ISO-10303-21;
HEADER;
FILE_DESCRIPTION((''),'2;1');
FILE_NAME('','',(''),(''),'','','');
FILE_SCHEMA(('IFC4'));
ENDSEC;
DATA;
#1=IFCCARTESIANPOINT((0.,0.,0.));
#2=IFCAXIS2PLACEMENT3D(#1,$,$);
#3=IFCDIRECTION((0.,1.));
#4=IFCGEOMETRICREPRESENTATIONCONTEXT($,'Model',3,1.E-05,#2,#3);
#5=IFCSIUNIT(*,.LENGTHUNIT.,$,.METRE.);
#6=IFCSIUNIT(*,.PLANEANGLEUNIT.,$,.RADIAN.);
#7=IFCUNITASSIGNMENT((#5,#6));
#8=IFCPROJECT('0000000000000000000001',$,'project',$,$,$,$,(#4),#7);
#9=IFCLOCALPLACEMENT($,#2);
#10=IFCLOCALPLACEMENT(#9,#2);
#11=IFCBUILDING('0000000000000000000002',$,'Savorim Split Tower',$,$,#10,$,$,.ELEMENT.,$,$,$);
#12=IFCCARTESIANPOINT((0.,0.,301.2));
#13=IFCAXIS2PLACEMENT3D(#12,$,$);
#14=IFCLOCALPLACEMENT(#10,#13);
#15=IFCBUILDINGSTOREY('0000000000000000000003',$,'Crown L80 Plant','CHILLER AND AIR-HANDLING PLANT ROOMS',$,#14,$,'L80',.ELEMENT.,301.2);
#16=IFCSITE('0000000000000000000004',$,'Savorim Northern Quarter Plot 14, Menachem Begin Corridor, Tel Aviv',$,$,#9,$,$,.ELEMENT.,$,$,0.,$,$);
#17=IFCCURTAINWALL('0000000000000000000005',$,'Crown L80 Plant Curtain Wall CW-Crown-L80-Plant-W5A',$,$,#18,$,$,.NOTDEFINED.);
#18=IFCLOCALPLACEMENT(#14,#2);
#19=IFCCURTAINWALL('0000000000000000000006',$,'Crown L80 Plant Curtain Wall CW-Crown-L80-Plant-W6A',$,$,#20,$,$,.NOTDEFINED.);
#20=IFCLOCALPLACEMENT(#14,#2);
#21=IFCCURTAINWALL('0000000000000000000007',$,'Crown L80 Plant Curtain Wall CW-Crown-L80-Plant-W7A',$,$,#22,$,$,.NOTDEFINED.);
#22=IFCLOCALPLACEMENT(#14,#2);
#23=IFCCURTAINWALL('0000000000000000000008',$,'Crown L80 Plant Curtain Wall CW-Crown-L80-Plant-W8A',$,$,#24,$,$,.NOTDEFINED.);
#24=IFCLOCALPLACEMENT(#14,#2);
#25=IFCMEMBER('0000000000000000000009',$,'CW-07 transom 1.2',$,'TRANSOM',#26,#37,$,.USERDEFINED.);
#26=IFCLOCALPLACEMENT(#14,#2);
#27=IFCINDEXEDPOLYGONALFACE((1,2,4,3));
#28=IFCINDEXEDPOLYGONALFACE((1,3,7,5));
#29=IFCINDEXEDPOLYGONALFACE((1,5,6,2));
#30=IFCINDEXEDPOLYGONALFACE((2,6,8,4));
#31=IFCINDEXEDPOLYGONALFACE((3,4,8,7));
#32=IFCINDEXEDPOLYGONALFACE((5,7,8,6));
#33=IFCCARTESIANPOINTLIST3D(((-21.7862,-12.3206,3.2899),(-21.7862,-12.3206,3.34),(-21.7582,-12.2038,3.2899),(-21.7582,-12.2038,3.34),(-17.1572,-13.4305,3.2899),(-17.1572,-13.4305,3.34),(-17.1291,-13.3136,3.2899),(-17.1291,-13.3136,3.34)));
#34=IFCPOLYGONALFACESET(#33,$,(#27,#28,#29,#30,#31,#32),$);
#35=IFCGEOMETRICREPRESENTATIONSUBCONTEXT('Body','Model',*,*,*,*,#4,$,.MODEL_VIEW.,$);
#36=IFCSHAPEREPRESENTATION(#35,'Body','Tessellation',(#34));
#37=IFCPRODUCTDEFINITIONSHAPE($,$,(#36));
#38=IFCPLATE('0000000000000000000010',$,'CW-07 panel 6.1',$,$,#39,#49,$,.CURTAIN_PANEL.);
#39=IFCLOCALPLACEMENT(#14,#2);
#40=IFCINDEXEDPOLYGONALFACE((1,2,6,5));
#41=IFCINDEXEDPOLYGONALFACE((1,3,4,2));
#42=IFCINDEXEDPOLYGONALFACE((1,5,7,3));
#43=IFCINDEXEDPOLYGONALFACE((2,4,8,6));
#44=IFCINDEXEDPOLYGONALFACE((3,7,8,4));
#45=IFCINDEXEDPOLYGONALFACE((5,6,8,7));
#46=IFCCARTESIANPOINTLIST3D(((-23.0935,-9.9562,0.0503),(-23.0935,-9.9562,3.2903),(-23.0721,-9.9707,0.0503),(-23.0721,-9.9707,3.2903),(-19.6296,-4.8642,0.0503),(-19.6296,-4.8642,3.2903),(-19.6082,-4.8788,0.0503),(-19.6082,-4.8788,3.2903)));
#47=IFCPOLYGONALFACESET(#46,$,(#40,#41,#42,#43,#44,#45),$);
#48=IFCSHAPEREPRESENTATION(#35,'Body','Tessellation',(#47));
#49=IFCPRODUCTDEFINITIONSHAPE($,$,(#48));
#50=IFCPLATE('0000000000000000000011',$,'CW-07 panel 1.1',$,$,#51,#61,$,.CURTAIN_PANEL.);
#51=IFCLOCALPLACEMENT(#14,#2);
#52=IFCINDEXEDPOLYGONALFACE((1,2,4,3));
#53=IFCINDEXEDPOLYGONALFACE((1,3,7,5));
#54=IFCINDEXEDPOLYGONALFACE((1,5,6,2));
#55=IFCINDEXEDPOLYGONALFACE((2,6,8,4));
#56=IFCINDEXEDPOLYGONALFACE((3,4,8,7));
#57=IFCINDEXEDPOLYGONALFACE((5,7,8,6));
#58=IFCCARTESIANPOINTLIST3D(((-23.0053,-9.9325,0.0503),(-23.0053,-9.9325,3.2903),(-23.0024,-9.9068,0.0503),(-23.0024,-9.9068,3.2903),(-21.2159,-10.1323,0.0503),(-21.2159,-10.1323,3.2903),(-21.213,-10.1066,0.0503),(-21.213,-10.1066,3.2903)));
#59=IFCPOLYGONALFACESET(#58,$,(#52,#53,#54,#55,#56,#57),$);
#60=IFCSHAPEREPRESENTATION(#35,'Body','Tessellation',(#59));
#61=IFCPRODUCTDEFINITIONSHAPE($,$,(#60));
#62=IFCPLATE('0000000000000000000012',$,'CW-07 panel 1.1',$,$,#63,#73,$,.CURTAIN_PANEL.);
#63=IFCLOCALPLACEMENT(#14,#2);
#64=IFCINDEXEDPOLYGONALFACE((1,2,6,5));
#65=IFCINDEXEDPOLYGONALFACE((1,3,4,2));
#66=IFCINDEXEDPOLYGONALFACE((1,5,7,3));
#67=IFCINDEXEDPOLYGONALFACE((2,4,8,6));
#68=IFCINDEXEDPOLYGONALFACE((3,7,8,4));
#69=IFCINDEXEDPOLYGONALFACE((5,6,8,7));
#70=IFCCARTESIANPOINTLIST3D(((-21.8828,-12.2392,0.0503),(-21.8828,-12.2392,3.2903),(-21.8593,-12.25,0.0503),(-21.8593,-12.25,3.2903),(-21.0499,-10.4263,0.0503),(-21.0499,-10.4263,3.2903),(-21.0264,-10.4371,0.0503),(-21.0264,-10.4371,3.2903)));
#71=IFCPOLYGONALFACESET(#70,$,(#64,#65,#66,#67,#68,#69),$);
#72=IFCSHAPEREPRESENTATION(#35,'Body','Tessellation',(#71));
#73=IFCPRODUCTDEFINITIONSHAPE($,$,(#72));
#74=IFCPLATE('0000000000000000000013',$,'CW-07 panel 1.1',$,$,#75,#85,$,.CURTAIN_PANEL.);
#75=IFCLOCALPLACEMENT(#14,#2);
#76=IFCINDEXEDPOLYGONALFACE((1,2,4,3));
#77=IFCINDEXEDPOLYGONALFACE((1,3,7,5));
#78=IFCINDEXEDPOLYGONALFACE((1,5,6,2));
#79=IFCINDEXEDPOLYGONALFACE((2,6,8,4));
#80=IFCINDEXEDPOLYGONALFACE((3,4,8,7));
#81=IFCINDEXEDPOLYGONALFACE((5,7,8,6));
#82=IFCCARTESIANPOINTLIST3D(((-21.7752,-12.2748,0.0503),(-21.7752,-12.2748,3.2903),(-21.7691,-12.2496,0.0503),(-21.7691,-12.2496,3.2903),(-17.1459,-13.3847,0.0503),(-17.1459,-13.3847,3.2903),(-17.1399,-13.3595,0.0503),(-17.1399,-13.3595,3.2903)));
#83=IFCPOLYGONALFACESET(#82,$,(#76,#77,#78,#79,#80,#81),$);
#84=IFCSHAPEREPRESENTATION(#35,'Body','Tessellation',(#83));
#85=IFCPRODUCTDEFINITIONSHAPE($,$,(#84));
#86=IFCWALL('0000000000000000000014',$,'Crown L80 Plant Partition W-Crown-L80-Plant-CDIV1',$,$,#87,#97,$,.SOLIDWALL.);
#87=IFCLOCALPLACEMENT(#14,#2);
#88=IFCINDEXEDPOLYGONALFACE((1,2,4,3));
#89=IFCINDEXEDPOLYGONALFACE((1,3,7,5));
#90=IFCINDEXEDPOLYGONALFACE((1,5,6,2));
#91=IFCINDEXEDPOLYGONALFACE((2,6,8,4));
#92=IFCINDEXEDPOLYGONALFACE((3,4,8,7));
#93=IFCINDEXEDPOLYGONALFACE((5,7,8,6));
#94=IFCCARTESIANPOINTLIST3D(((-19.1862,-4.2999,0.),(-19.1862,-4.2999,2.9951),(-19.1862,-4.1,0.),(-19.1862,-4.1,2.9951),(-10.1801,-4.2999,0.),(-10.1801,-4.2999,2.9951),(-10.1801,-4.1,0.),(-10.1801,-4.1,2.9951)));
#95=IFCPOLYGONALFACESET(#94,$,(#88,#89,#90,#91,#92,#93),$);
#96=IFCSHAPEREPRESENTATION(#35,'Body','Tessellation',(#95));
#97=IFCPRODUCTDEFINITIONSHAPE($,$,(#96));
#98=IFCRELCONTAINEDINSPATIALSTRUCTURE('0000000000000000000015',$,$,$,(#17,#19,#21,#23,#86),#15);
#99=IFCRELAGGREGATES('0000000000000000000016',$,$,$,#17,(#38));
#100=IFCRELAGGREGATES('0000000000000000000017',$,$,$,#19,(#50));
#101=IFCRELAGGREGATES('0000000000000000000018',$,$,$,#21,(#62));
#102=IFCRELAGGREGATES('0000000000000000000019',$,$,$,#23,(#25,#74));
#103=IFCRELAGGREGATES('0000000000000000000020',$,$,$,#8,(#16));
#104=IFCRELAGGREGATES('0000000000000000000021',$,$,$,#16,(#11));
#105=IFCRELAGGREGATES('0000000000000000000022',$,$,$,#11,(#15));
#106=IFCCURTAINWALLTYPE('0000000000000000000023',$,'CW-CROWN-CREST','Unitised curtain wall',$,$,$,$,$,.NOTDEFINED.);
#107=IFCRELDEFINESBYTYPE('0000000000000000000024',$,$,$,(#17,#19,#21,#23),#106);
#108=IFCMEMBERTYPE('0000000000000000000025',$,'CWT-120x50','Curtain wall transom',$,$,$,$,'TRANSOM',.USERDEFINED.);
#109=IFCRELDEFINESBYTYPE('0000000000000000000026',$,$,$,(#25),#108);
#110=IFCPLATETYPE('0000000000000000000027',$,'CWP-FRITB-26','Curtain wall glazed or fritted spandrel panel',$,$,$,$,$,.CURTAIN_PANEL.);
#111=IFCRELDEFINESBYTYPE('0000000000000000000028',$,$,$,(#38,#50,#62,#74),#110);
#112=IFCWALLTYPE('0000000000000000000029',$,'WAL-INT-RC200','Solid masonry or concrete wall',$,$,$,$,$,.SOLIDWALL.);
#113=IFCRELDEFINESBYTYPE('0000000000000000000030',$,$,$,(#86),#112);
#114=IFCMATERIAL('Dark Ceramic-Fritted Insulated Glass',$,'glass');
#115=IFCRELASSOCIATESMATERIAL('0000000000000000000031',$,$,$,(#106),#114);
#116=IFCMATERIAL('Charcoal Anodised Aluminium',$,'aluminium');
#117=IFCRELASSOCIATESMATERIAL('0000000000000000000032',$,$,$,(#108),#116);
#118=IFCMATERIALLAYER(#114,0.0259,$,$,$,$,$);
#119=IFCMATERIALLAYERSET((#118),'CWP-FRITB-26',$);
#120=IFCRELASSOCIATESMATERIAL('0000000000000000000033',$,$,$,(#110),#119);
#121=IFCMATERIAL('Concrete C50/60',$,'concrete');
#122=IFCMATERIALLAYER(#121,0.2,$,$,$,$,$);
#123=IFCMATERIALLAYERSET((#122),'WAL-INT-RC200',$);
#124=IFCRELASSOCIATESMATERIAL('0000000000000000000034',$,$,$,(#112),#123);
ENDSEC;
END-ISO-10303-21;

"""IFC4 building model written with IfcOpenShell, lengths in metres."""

from ifc_helpers import new_model, si_unit, direction, frame, frame_2d, origin, origin_2d, place, context, subcontext, project, spatial, rectangle, extrude, material, layer, layer_set, material_profile, profile_set, type_object, element, aggregate, save


model = new_model("IFC4")

# Units and contexts
model_context = context("Model", 3, precision=1e-05, world=origin(), true_north=direction((0.0, 1.0)))
body_context = subcontext(model_context, "Body", "Model", "MODEL_VIEW")
ifc_project = project(units=[si_unit("LENGTHUNIT", "METRE"), si_unit("PLANEANGLEUNIT", "RADIAN")], contexts=[model_context])

# Site, building, storey
site_placement = place(None, origin())
site = spatial("IfcSite", under=ifc_project, at=site_placement, Name="Savorim Northern Quarter Plot 14, Menachem Begin Corridor, Tel Aviv", CompositionType="ELEMENT", RefElevation=0.0)
building_placement = place(site_placement, origin())
building = spatial("IfcBuilding", under=site, at=building_placement, Name="Savorim Split Tower", CompositionType="ELEMENT")
storey_placement = place(building_placement, frame((0.0, 0.0, 301.2)))
storey = spatial("IfcBuildingStorey", under=building, at=storey_placement, Name="Crown L80 Plant", Description="CHILLER AND AIR-HANDLING PLANT ROOMS", LongName="L80", CompositionType="ELEMENT", Elevation=301.2)

# Curtain walls
ifc_material_1 = material(Name="Dark Ceramic-Fritted Insulated Glass", Category="glass")
curtain_wall_type = type_object("IfcCurtainWallType", Name="CW-CROWN-CREST", Description="Unitised curtain wall", PredefinedType="NOTDEFINED", material=ifc_material_1)
curtain_wall_1_placement = place(storey_placement, origin())
curtain_wall_1 = element("IfcCurtainWall", 1, at=curtain_wall_1_placement, inside=storey, type_object=curtain_wall_type, Name="Crown L80 Plant Curtain Wall CW-Crown-L80-Plant-W5A", PredefinedType="NOTDEFINED")
ifc_material_2 = material(Name="Charcoal Anodised Aluminium", Category="aluminium")
curtain_wall_2_placement = place(storey_placement, origin())
curtain_wall_2 = element("IfcCurtainWall", 2, at=curtain_wall_2_placement, inside=storey, type_object=curtain_wall_type, Name="Crown L80 Plant Curtain Wall CW-Crown-L80-Plant-W6A", PredefinedType="NOTDEFINED")
curtain_wall_3_placement = place(storey_placement, origin())
curtain_wall_3 = element("IfcCurtainWall", 3, at=curtain_wall_3_placement, inside=storey, type_object=curtain_wall_type, Name="Crown L80 Plant Curtain Wall CW-Crown-L80-Plant-W7A", PredefinedType="NOTDEFINED")

# Curtain wall
curtain_wall_4_placement = place(storey_placement, origin())
curtain_wall_4 = element("IfcCurtainWall", 4, at=curtain_wall_4_placement, inside=storey, type_object=curtain_wall_type, Name="Crown L80 Plant Curtain Wall CW-Crown-L80-Plant-W8A", PredefinedType="NOTDEFINED")

# Member
ifc_material_profile_1 = material_profile(ifc_material_2, rectangle(XDim=0.1201, YDim=0.05, at=origin_2d()), Name="ALU-T 120x50")
ifc_profile_set_1 = profile_set([ifc_material_profile_1], Name="Charcoal Anodised Aluminium")
member_type_1 = type_object("IfcMemberType", Name="CWT-120x50", Description="Curtain wall transom", ElementType="TRANSOM", PredefinedType="USERDEFINED", material=ifc_profile_set_1)
member_1_placement = place(storey_placement, frame((-21.7722, -12.2622, 3.3149), z_axis=(0.972441, -0.233148, 0.0), x_axis=(0.233148, 0.972441, 0.0)))
member_1 = element("IfcMember", 5, at=member_1_placement, type_object=member_type_1, Name="CW-07 transom 1.2", ObjectType="TRANSOM", PredefinedType="USERDEFINED", context=body_context, shape_type="SweptSolid", body=[
    extrude(rectangle(XDim=0.1201, YDim=0.05, at=origin_2d()), origin(), (0.0, 0.0, 1.0), 4.7603),
])

# Plates
ifc_layer_1 = layer(ifc_material_1, 0.0259)
ifc_layer_set_1 = layer_set([ifc_layer_1], Name="CWP-FRITB-26")
plate_type = type_object("IfcPlateType", Name="CWP-FRITB-26", Description="Curtain wall glazed or fritted spandrel panel", PredefinedType="CURTAIN_PANEL", material=ifc_layer_set_1)
plate_1_placement = place(storey_placement, frame((-21.3508, -7.4175, 0.0503), z_axis=(0.0, 0.0, 1.0), x_axis=(-0.562465, -0.826821, 0.0)))
plate_1 = element("IfcPlate", 6, at=plate_1_placement, type_object=plate_type, Name="CW-07 panel 6.1", PredefinedType="CURTAIN_PANEL", context=body_context, shape_type="SweptSolid", body=[
    extrude(rectangle(XDim=6.1584, YDim=0.0259, at=origin_2d()), origin(), (0.0, 0.0, 1.0), 3.24),
])
aggregate(curtain_wall_1, [plate_1])
plate_2_placement = place(storey_placement, frame((-22.1091, -10.0195, 0.0503), z_axis=(0.0, 0.0, 1.0), x_axis=(0.993825, -0.110957, 0.0)))
plate_2 = element("IfcPlate", 7, at=plate_2_placement, type_object=plate_type, Name="CW-07 panel 1.1", PredefinedType="CURTAIN_PANEL", context=body_context, shape_type="SweptSolid", body=[
    extrude(rectangle(XDim=1.8005, YDim=0.0259, at=origin_2d()), origin(), (0.0, 0.0, 1.0), 3.24),
])
aggregate(curtain_wall_2, [plate_2])
plate_3_placement = place(storey_placement, frame((-21.4546, -11.3381, 0.0503), z_axis=(0.0, 0.0, 1.0), x_axis=(-0.417486, -0.908683, 0.0)))
plate_3 = element("IfcPlate", 8, at=plate_3_placement, type_object=plate_type, Name="CW-07 panel 1.1", PredefinedType="CURTAIN_PANEL", context=body_context, shape_type="SweptSolid", body=[
    extrude(rectangle(XDim=1.9951, YDim=0.0259, at=origin_2d()), origin(), (0.0, 0.0, 1.0), 3.24),
])
aggregate(curtain_wall_3, [plate_3])
plate_4_placement = place(storey_placement, frame((-19.4575, -12.8171, 0.0503), z_axis=(0.0, 0.0, 1.0), x_axis=(0.972439, -0.233157, 0.0)))
plate_4 = element("IfcPlate", 9, at=plate_4_placement, type_object=plate_type, Name="CW-07 panel 1.1", PredefinedType="CURTAIN_PANEL", context=body_context, shape_type="SweptSolid", body=[
    extrude(rectangle(XDim=4.7605, YDim=0.0259, at=origin_2d()), origin(), (0.0, 0.0, 1.0), 3.24),
])
aggregate(curtain_wall_4, [member_1, plate_4])

# Wall
ifc_material_3 = material(Name="Concrete C50/60", Category="concrete")
ifc_layer_2 = layer(ifc_material_3, 0.2)
ifc_layer_set_2 = layer_set([ifc_layer_2], Name="WAL-INT-RC200")
wall_type = type_object("IfcWallType", Name="WAL-INT-RC200", Description="Solid masonry or concrete wall", PredefinedType="SOLIDWALL", material=ifc_layer_set_2)
wall_placement = place(storey_placement, frame((-19.186, -4.2, 0.0), z_axis=(0.0, 0.0, 1.0), x_axis=(1.0, 0.0, 0.0)))
element("IfcWall", 10, at=wall_placement, inside=storey, type_object=wall_type, Name="Crown L80 Plant Partition W-Crown-L80-Plant-CDIV1", PredefinedType="SOLIDWALL", context=body_context, shape_type="SweptSolid", body=[
    extrude(rectangle(XDim=9.0061, YDim=0.2, at=frame_2d((4.5029, 0.0))), origin(), (0.0, 0.0, 1.0), 2.9951),
])

save(model, "model.ifc")
